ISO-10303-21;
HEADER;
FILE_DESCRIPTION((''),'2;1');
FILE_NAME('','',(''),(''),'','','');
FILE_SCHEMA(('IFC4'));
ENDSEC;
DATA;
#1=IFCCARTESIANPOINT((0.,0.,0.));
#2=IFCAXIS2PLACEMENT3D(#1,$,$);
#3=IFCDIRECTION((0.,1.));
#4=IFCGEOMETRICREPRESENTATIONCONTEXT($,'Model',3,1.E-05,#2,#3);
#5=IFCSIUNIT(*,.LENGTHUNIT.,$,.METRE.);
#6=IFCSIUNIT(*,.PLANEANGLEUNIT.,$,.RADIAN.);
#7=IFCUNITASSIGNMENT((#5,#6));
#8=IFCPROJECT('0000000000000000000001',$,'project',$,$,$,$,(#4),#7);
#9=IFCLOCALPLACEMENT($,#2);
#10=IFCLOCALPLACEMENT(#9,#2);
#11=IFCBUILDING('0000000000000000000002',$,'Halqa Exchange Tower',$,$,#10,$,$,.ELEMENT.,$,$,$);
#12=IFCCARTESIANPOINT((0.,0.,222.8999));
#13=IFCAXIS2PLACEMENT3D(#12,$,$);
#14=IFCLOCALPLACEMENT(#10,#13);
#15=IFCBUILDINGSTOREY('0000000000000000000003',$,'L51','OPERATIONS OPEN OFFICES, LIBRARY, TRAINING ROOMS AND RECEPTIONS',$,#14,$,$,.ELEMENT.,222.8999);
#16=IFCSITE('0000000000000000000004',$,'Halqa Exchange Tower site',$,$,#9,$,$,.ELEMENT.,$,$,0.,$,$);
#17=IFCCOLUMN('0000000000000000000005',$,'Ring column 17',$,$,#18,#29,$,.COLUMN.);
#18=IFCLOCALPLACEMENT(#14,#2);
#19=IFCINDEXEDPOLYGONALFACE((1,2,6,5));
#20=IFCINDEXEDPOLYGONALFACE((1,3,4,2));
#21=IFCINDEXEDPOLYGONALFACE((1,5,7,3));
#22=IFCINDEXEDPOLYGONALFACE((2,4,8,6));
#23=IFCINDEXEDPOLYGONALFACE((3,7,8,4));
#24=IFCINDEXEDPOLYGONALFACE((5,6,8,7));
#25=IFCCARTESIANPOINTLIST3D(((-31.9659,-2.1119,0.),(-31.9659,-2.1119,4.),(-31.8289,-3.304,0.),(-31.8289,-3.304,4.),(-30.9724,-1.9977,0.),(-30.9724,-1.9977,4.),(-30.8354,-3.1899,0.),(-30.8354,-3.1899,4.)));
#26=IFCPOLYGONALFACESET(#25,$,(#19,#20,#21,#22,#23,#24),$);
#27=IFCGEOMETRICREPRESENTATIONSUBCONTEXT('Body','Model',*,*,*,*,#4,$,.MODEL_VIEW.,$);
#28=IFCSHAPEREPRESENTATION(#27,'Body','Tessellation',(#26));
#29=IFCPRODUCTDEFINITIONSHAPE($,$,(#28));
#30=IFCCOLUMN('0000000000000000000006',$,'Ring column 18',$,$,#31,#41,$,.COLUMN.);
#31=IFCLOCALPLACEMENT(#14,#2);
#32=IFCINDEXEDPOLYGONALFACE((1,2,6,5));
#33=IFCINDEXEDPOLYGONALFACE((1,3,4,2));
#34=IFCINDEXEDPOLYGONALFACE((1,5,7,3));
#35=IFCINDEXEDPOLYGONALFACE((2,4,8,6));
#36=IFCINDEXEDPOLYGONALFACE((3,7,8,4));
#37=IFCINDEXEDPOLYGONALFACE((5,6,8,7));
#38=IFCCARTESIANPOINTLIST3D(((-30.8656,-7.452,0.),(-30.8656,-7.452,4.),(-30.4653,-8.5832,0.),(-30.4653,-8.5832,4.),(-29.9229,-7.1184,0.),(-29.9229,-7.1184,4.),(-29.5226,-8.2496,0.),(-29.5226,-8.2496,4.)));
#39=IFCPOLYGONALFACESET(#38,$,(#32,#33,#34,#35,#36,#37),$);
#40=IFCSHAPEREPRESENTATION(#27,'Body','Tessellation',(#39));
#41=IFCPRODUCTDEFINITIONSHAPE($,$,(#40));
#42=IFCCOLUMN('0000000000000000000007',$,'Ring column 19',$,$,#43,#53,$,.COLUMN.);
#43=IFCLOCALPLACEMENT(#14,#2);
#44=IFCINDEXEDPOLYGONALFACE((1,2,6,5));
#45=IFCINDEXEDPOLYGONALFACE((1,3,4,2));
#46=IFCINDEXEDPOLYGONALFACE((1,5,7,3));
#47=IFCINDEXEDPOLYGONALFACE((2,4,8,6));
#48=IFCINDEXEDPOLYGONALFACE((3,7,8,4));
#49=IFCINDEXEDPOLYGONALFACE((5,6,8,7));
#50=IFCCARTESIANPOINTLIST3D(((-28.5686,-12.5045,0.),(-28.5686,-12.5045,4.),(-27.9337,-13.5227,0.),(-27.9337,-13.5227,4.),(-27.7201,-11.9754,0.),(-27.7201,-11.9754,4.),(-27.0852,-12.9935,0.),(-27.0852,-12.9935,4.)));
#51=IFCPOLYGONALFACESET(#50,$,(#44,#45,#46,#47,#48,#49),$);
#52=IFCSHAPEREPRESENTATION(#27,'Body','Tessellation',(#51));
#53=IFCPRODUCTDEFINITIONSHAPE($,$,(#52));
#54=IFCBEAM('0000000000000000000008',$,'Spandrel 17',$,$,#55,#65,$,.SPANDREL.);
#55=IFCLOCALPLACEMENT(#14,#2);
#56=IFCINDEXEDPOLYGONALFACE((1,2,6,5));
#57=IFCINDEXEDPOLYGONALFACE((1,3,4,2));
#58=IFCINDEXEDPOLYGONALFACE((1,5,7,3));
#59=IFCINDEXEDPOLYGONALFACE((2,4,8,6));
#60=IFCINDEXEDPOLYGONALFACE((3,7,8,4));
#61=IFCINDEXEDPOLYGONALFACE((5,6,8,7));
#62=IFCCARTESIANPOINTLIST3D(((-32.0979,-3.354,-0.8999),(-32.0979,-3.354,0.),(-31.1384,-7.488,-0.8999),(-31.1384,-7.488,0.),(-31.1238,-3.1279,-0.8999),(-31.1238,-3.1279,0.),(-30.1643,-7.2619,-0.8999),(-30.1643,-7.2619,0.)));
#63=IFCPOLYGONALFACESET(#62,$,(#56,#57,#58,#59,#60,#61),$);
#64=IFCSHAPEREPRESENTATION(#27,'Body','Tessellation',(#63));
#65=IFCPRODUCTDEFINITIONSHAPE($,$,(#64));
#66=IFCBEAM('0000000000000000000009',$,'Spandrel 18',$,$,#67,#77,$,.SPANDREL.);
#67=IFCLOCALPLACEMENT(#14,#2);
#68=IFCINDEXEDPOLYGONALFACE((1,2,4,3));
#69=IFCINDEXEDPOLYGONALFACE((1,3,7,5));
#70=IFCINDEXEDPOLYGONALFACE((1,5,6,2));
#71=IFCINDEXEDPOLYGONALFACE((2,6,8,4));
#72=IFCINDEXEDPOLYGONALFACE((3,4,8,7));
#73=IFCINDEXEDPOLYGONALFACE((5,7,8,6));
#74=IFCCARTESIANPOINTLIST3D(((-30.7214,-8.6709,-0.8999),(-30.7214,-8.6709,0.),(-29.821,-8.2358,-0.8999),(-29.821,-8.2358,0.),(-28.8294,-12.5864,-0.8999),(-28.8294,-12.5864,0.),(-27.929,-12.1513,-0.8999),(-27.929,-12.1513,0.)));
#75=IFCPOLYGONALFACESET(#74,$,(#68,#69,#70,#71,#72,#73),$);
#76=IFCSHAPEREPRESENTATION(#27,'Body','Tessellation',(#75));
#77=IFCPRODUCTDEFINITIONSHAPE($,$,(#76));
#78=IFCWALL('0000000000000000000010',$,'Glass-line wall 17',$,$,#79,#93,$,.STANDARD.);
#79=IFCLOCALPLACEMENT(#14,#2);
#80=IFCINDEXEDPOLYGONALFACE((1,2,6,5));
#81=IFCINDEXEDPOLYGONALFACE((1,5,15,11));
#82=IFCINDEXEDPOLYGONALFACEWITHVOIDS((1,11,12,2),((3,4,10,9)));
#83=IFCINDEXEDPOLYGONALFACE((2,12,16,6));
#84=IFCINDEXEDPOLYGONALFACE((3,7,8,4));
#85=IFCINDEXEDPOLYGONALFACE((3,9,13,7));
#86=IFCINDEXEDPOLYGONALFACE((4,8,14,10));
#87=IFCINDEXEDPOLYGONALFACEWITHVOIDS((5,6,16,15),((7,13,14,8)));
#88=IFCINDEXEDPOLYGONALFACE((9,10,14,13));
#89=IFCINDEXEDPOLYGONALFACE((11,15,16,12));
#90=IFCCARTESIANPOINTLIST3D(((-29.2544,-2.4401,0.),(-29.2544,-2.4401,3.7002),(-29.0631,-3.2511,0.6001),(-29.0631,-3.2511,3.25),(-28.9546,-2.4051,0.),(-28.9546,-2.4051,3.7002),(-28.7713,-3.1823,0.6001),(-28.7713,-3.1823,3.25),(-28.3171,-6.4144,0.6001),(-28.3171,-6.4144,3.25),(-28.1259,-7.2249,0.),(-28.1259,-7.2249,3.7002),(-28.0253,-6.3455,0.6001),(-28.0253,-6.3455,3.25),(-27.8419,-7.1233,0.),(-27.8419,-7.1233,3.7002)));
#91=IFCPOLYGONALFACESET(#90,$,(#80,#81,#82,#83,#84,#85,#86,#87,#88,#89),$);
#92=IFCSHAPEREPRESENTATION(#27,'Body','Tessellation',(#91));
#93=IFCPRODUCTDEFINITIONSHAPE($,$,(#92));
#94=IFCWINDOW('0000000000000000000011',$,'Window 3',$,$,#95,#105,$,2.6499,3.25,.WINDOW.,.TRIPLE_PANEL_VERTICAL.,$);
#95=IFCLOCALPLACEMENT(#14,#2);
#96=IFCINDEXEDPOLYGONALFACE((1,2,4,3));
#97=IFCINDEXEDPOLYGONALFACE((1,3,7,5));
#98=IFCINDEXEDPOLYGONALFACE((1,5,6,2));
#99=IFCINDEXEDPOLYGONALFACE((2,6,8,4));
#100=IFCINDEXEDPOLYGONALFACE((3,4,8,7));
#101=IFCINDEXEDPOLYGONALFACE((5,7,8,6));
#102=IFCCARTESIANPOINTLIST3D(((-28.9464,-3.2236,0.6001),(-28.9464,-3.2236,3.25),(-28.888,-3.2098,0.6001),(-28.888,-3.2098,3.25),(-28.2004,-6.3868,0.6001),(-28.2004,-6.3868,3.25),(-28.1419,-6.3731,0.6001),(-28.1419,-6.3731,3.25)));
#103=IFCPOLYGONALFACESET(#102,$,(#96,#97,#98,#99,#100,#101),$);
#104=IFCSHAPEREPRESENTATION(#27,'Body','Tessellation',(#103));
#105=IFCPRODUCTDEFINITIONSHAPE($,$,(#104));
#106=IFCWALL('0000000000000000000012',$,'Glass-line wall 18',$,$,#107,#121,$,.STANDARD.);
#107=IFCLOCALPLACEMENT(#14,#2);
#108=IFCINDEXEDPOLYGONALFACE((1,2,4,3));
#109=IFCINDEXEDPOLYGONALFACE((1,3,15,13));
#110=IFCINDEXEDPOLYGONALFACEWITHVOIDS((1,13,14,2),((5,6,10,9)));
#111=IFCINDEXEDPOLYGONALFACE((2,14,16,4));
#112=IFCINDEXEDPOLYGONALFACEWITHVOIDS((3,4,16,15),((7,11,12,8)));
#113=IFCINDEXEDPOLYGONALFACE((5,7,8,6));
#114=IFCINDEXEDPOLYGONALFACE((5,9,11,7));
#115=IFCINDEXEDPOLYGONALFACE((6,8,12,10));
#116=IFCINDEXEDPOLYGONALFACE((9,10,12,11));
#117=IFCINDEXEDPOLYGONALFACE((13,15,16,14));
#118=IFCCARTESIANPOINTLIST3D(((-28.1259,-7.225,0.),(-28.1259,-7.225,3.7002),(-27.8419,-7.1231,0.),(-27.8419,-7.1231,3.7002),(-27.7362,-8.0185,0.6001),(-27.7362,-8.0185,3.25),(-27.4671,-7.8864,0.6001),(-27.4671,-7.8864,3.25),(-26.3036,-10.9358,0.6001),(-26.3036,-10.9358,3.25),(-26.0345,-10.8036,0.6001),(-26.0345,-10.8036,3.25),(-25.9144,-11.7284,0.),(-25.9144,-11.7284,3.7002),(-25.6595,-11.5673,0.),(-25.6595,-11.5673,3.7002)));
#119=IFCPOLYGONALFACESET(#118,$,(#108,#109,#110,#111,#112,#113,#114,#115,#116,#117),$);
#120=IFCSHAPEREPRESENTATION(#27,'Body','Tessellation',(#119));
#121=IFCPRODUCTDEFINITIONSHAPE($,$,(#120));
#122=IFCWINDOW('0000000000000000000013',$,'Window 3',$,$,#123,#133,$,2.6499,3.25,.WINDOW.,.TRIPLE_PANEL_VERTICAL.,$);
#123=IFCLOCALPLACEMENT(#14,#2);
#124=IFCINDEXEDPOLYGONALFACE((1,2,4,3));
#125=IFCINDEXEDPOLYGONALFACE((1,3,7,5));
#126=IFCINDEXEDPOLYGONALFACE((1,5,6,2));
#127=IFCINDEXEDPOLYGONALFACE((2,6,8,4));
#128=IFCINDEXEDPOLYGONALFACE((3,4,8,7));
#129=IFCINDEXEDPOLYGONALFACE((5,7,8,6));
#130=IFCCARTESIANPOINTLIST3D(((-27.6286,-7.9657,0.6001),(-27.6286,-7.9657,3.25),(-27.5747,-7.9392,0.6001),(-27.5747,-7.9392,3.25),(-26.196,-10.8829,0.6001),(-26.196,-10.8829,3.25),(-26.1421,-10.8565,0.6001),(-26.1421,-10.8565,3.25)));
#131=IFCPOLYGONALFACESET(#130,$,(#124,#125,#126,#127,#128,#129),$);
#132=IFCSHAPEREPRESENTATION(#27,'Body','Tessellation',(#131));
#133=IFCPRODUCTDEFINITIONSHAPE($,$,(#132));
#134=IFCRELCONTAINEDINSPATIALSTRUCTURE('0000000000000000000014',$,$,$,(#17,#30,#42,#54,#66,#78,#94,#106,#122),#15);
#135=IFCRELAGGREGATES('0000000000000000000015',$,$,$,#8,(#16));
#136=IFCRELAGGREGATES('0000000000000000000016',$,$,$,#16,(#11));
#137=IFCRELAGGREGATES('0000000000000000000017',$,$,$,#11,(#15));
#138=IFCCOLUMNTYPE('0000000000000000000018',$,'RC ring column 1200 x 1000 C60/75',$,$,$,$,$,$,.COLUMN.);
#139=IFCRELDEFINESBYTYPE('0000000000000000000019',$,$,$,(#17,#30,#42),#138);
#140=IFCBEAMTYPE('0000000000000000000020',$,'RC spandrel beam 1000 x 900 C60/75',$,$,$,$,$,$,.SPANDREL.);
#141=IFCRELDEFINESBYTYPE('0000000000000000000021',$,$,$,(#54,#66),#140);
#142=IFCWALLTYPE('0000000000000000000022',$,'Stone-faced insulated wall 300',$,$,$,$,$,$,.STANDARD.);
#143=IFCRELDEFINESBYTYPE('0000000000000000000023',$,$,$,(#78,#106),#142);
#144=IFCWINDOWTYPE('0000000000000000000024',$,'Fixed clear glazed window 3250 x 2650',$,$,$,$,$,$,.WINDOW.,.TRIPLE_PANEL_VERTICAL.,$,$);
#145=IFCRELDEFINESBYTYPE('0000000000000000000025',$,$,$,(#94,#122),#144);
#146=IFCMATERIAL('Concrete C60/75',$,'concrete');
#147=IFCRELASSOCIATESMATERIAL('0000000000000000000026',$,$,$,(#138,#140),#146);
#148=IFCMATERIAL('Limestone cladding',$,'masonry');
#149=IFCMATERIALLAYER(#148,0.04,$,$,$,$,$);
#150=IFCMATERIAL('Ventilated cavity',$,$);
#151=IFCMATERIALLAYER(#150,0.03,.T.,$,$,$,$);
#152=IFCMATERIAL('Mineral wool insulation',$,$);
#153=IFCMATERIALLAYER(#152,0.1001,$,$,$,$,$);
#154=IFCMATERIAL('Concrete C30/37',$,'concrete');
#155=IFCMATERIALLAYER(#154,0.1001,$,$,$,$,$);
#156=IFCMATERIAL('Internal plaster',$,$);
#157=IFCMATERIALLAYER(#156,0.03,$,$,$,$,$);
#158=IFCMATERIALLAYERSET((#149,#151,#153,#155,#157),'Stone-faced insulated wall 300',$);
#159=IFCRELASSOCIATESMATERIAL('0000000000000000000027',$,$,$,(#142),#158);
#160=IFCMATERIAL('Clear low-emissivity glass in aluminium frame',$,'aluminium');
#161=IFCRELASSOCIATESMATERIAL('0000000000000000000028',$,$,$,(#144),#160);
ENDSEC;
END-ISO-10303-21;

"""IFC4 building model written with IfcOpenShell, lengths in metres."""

from ifc_helpers import new_model, si_unit, direction, frame, frame_2d, origin, origin_2d, place, context, subcontext, project, spatial, polyline, rectangle, outline, extrude, material, layer, layer_set, material_profile, profile_set, type_object, element, fill, save


model = new_model("IFC4")

# Units and contexts
model_context = context("Model", 3, precision=1e-05, world=origin(), true_north=direction((0.0, 1.0)))
body_context = subcontext(model_context, "Body", "Model", "MODEL_VIEW")
ifc_project = project(units=[si_unit("LENGTHUNIT", "METRE"), si_unit("PLANEANGLEUNIT", "RADIAN")], contexts=[model_context])

# Site, building, storey
site_placement = place(None, origin())
site = spatial("IfcSite", under=ifc_project, at=site_placement, Name="Halqa Exchange Tower site", CompositionType="ELEMENT", RefElevation=0.0)
building_placement = place(site_placement, origin())
building = spatial("IfcBuilding", under=site, at=building_placement, Name="Halqa Exchange Tower", CompositionType="ELEMENT")
storey_placement = place(building_placement, frame((0.0, 0.0, 222.8999)))
storey = spatial("IfcBuildingStorey", under=building, at=storey_placement, Name="L51", Description="OPERATIONS OPEN OFFICES, LIBRARY, TRAINING ROOMS AND RECEPTIONS", CompositionType="ELEMENT", Elevation=222.8999)

# Columns
ifc_material_1 = material(Name="Concrete C60/75", Category="concrete")
ifc_material_profile_1 = material_profile(ifc_material_1, rectangle(XDim=1.2, YDim=1.0, at=origin_2d()), Name="1200 x 1000")
ifc_profile_set_1 = profile_set([ifc_material_profile_1], Name="Concrete C60/75")
column_type = type_object("IfcColumnType", Name="RC ring column 1200 x 1000 C60/75", PredefinedType="COLUMN", material=ifc_profile_set_1)
for number, where, z_axis, x_axis, name in (
    (1, (-31.4006, -2.6509, 0.0), (0.0, 0.0, 1.0), (0.114153, -0.993463, 0.0), "Ring column 17"),
    (2, (-30.1941, -7.8508, 0.0), (0.0, 0.0, 1.0), (0.333631, -0.942704, 0.0), "Ring column 18"),
    (3, (-27.8269, -12.749, 0.0), (0.0, 0.0, 1.0), (0.529146, -0.848531, 0.0), "Ring column 19"),
):
    element("IfcColumn", number, at=place(storey_placement, frame(where, z_axis=z_axis, x_axis=x_axis)), inside=storey, type_object=column_type, Name=name, PredefinedType="COLUMN", context=body_context, shape_type="SweptSolid", body=[
        extrude(rectangle(XDim=1.2, YDim=1.0, at=origin_2d()), origin(), (0.0, 0.0, 1.0), 4.0),
    ])

# Beams
ifc_material_profile_2 = material_profile(ifc_material_1, rectangle(XDim=1.0, YDim=0.8999, at=origin_2d()), Name="1000 x 900")
ifc_profile_set_2 = profile_set([ifc_material_profile_2], Name="Concrete C60/75")
beam_type = type_object("IfcBeamType", Name="RC spandrel beam 1000 x 900 C60/75", PredefinedType="SPANDREL", material=ifc_profile_set_2)
beam_1_placement = place(storey_placement, frame((-31.6108, -3.241, -0.45), z_axis=(0.226082, -0.974108, 0.0), x_axis=(0.974108, 0.226082, 0.0)))
element("IfcBeam", 4, at=beam_1_placement, inside=storey, type_object=beam_type, Name="Spandrel 17", PredefinedType="SPANDREL", context=body_context, shape_type="SweptSolid", body=[
    extrude(rectangle(XDim=1.0, YDim=0.8999, at=origin_2d()), origin(), (0.0, 0.0, 1.0), 4.2439),
])
beam_2_placement = place(storey_placement, frame((-30.2712, -8.4534, -0.45), z_axis=(0.435091, -0.900386, 0.0), x_axis=(0.900386, 0.435091, 0.0)))
element("IfcBeam", 5, at=beam_2_placement, inside=storey, type_object=beam_type, Name="Spandrel 18", PredefinedType="SPANDREL", context=body_context, shape_type="SweptSolid", body=[
    extrude(rectangle(XDim=1.0, YDim=0.8999, at=origin_2d()), origin(), (0.0, 0.0, 1.0), 4.3486),
])

# Walls, openings, windows
ifc_material_2 = material(Name="Limestone cladding", Category="masonry")
ifc_layer_1 = layer(ifc_material_2, 0.04)
ifc_material_3 = material(Name="Ventilated cavity")
ifc_layer_2 = layer(ifc_material_3, 0.03, ventilated=True)
ifc_material_4 = material(Name="Mineral wool insulation")
ifc_layer_3 = layer(ifc_material_4, 0.1001)
ifc_material_5 = material(Name="Concrete C30/37", Category="concrete")
ifc_layer_4 = layer(ifc_material_5, 0.1001)
ifc_material_6 = material(Name="Internal plaster")
ifc_layer_5 = layer(ifc_material_6, 0.03)
ifc_layer_set = layer_set([ifc_layer_1, ifc_layer_2, ifc_layer_3, ifc_layer_4, ifc_layer_5], Name="Stone-faced insulated wall 300")
wall_type = type_object("IfcWallType", Name="Stone-faced insulated wall 300", PredefinedType="STANDARD", material=ifc_layer_set)
wall_1_placement = place(storey_placement, frame((-29.1045, -2.4226, 0.0), z_axis=(0.0, 0.0, 1.0), x_axis=(0.229547, -0.973298, 0.0)))
wall_1 = element("IfcWall", 6, at=wall_1_placement, inside=storey, type_object=wall_type, Name="Glass-line wall 17", PredefinedType="STANDARD", context=body_context, shape_type="SweptSolid", body=[
    extrude(outline(polyline([(-0.0173, -0.1499), (4.8987, -0.1499), (4.865, 0.1499), (0.0173, 0.1499), (-0.0173, -0.1499)])), origin(), (0.0, 0.0, 1.0), 3.7002),
])
opening_1_placement = place(wall_1_placement, frame((0.8159, 0.0, 0.6001)))
opening_1 = element("IfcOpeningElement", 7, at=opening_1_placement, cuts=wall_1, PredefinedType="OPENING", context=body_context, shape_type="SweptSolid", body=[
    extrude(rectangle(XDim=3.25, YDim=2.6499, at=frame_2d((1.625, 1.325))), frame((0.0, 0.1621, 0.0), z_axis=(0.0, -1.0, 0.0), x_axis=(1.0, 0.0, 0.0)), (0.0, 0.0, 1.0), 0.324),
])
ifc_material_7 = material(Name="Clear low-emissivity glass in aluminium frame", Category="aluminium")
window_type = type_object("IfcWindowType", Name="Fixed clear glazed window 3250 x 2650", PartitioningType="TRIPLE_PANEL_VERTICAL", PredefinedType="WINDOW", material=ifc_material_7)
window_1_placement = place(opening_1_placement, origin())
window_1 = element("IfcWindow", 8, at=window_1_placement, inside=storey, type_object=window_type, Name="Window 3", OverallHeight=2.6499, OverallWidth=3.25, PartitioningType="TRIPLE_PANEL_VERTICAL", PredefinedType="WINDOW", context=body_context, shape_type="SweptSolid", body=[
    extrude(rectangle(XDim=3.25, YDim=2.6499, at=frame_2d((1.625, 1.325))), frame((0.0, 0.03, 0.0), z_axis=(0.0, -1.0, 0.0), x_axis=(1.0, 0.0, 0.0)), (0.0, 0.0, 1.0), 0.0601),
])
fill(opening_1, window_1)
wall_2_placement = place(storey_placement, frame((-27.9839, -7.1741, 0.0), z_axis=(0.0, 0.0, 1.0), x_axis=(0.440795, -0.897608, 0.0)))
wall_2 = element("IfcWall", 9, at=wall_2_placement, inside=storey, type_object=wall_type, Name="Glass-line wall 18", PredefinedType="STANDARD", context=body_context, shape_type="SweptSolid", body=[
    extrude(outline(polyline([(-0.0168, -0.1499), (5.0002, -0.1499), (4.968, 0.1499), (0.0168, 0.1499), (-0.0168, -0.1499)])), origin(), (0.0, 0.0, 1.0), 3.7002),
])
opening_2_placement = place(wall_2_placement, frame((0.8672, 0.0, 0.6001)))
opening_2 = element("IfcOpeningElement", 10, at=opening_2_placement, cuts=wall_2, PredefinedType="OPENING", context=body_context, shape_type="SweptSolid", body=[
    extrude(rectangle(XDim=3.25, YDim=2.6499, at=frame_2d((1.625, 1.325))), frame((0.0, 0.1621, 0.0), z_axis=(0.0, -1.0, 0.0), x_axis=(1.0, 0.0, 0.0)), (0.0, 0.0, 1.0), 0.324),
])
window_2_placement = place(opening_2_placement, origin())
window_2 = element("IfcWindow", 11, at=window_2_placement, inside=storey, type_object=window_type, Name="Window 3", OverallHeight=2.6499, OverallWidth=3.25, PartitioningType="TRIPLE_PANEL_VERTICAL", PredefinedType="WINDOW", context=body_context, shape_type="SweptSolid", body=[
    extrude(rectangle(XDim=3.25, YDim=2.6499, at=frame_2d((1.625, 1.325))), frame((0.0, 0.03, 0.0), z_axis=(0.0, -1.0, 0.0), x_axis=(1.0, 0.0, 0.0)), (0.0, 0.0, 1.0), 0.0601),
])
fill(opening_2, window_2)

save(model, "model.ifc")
